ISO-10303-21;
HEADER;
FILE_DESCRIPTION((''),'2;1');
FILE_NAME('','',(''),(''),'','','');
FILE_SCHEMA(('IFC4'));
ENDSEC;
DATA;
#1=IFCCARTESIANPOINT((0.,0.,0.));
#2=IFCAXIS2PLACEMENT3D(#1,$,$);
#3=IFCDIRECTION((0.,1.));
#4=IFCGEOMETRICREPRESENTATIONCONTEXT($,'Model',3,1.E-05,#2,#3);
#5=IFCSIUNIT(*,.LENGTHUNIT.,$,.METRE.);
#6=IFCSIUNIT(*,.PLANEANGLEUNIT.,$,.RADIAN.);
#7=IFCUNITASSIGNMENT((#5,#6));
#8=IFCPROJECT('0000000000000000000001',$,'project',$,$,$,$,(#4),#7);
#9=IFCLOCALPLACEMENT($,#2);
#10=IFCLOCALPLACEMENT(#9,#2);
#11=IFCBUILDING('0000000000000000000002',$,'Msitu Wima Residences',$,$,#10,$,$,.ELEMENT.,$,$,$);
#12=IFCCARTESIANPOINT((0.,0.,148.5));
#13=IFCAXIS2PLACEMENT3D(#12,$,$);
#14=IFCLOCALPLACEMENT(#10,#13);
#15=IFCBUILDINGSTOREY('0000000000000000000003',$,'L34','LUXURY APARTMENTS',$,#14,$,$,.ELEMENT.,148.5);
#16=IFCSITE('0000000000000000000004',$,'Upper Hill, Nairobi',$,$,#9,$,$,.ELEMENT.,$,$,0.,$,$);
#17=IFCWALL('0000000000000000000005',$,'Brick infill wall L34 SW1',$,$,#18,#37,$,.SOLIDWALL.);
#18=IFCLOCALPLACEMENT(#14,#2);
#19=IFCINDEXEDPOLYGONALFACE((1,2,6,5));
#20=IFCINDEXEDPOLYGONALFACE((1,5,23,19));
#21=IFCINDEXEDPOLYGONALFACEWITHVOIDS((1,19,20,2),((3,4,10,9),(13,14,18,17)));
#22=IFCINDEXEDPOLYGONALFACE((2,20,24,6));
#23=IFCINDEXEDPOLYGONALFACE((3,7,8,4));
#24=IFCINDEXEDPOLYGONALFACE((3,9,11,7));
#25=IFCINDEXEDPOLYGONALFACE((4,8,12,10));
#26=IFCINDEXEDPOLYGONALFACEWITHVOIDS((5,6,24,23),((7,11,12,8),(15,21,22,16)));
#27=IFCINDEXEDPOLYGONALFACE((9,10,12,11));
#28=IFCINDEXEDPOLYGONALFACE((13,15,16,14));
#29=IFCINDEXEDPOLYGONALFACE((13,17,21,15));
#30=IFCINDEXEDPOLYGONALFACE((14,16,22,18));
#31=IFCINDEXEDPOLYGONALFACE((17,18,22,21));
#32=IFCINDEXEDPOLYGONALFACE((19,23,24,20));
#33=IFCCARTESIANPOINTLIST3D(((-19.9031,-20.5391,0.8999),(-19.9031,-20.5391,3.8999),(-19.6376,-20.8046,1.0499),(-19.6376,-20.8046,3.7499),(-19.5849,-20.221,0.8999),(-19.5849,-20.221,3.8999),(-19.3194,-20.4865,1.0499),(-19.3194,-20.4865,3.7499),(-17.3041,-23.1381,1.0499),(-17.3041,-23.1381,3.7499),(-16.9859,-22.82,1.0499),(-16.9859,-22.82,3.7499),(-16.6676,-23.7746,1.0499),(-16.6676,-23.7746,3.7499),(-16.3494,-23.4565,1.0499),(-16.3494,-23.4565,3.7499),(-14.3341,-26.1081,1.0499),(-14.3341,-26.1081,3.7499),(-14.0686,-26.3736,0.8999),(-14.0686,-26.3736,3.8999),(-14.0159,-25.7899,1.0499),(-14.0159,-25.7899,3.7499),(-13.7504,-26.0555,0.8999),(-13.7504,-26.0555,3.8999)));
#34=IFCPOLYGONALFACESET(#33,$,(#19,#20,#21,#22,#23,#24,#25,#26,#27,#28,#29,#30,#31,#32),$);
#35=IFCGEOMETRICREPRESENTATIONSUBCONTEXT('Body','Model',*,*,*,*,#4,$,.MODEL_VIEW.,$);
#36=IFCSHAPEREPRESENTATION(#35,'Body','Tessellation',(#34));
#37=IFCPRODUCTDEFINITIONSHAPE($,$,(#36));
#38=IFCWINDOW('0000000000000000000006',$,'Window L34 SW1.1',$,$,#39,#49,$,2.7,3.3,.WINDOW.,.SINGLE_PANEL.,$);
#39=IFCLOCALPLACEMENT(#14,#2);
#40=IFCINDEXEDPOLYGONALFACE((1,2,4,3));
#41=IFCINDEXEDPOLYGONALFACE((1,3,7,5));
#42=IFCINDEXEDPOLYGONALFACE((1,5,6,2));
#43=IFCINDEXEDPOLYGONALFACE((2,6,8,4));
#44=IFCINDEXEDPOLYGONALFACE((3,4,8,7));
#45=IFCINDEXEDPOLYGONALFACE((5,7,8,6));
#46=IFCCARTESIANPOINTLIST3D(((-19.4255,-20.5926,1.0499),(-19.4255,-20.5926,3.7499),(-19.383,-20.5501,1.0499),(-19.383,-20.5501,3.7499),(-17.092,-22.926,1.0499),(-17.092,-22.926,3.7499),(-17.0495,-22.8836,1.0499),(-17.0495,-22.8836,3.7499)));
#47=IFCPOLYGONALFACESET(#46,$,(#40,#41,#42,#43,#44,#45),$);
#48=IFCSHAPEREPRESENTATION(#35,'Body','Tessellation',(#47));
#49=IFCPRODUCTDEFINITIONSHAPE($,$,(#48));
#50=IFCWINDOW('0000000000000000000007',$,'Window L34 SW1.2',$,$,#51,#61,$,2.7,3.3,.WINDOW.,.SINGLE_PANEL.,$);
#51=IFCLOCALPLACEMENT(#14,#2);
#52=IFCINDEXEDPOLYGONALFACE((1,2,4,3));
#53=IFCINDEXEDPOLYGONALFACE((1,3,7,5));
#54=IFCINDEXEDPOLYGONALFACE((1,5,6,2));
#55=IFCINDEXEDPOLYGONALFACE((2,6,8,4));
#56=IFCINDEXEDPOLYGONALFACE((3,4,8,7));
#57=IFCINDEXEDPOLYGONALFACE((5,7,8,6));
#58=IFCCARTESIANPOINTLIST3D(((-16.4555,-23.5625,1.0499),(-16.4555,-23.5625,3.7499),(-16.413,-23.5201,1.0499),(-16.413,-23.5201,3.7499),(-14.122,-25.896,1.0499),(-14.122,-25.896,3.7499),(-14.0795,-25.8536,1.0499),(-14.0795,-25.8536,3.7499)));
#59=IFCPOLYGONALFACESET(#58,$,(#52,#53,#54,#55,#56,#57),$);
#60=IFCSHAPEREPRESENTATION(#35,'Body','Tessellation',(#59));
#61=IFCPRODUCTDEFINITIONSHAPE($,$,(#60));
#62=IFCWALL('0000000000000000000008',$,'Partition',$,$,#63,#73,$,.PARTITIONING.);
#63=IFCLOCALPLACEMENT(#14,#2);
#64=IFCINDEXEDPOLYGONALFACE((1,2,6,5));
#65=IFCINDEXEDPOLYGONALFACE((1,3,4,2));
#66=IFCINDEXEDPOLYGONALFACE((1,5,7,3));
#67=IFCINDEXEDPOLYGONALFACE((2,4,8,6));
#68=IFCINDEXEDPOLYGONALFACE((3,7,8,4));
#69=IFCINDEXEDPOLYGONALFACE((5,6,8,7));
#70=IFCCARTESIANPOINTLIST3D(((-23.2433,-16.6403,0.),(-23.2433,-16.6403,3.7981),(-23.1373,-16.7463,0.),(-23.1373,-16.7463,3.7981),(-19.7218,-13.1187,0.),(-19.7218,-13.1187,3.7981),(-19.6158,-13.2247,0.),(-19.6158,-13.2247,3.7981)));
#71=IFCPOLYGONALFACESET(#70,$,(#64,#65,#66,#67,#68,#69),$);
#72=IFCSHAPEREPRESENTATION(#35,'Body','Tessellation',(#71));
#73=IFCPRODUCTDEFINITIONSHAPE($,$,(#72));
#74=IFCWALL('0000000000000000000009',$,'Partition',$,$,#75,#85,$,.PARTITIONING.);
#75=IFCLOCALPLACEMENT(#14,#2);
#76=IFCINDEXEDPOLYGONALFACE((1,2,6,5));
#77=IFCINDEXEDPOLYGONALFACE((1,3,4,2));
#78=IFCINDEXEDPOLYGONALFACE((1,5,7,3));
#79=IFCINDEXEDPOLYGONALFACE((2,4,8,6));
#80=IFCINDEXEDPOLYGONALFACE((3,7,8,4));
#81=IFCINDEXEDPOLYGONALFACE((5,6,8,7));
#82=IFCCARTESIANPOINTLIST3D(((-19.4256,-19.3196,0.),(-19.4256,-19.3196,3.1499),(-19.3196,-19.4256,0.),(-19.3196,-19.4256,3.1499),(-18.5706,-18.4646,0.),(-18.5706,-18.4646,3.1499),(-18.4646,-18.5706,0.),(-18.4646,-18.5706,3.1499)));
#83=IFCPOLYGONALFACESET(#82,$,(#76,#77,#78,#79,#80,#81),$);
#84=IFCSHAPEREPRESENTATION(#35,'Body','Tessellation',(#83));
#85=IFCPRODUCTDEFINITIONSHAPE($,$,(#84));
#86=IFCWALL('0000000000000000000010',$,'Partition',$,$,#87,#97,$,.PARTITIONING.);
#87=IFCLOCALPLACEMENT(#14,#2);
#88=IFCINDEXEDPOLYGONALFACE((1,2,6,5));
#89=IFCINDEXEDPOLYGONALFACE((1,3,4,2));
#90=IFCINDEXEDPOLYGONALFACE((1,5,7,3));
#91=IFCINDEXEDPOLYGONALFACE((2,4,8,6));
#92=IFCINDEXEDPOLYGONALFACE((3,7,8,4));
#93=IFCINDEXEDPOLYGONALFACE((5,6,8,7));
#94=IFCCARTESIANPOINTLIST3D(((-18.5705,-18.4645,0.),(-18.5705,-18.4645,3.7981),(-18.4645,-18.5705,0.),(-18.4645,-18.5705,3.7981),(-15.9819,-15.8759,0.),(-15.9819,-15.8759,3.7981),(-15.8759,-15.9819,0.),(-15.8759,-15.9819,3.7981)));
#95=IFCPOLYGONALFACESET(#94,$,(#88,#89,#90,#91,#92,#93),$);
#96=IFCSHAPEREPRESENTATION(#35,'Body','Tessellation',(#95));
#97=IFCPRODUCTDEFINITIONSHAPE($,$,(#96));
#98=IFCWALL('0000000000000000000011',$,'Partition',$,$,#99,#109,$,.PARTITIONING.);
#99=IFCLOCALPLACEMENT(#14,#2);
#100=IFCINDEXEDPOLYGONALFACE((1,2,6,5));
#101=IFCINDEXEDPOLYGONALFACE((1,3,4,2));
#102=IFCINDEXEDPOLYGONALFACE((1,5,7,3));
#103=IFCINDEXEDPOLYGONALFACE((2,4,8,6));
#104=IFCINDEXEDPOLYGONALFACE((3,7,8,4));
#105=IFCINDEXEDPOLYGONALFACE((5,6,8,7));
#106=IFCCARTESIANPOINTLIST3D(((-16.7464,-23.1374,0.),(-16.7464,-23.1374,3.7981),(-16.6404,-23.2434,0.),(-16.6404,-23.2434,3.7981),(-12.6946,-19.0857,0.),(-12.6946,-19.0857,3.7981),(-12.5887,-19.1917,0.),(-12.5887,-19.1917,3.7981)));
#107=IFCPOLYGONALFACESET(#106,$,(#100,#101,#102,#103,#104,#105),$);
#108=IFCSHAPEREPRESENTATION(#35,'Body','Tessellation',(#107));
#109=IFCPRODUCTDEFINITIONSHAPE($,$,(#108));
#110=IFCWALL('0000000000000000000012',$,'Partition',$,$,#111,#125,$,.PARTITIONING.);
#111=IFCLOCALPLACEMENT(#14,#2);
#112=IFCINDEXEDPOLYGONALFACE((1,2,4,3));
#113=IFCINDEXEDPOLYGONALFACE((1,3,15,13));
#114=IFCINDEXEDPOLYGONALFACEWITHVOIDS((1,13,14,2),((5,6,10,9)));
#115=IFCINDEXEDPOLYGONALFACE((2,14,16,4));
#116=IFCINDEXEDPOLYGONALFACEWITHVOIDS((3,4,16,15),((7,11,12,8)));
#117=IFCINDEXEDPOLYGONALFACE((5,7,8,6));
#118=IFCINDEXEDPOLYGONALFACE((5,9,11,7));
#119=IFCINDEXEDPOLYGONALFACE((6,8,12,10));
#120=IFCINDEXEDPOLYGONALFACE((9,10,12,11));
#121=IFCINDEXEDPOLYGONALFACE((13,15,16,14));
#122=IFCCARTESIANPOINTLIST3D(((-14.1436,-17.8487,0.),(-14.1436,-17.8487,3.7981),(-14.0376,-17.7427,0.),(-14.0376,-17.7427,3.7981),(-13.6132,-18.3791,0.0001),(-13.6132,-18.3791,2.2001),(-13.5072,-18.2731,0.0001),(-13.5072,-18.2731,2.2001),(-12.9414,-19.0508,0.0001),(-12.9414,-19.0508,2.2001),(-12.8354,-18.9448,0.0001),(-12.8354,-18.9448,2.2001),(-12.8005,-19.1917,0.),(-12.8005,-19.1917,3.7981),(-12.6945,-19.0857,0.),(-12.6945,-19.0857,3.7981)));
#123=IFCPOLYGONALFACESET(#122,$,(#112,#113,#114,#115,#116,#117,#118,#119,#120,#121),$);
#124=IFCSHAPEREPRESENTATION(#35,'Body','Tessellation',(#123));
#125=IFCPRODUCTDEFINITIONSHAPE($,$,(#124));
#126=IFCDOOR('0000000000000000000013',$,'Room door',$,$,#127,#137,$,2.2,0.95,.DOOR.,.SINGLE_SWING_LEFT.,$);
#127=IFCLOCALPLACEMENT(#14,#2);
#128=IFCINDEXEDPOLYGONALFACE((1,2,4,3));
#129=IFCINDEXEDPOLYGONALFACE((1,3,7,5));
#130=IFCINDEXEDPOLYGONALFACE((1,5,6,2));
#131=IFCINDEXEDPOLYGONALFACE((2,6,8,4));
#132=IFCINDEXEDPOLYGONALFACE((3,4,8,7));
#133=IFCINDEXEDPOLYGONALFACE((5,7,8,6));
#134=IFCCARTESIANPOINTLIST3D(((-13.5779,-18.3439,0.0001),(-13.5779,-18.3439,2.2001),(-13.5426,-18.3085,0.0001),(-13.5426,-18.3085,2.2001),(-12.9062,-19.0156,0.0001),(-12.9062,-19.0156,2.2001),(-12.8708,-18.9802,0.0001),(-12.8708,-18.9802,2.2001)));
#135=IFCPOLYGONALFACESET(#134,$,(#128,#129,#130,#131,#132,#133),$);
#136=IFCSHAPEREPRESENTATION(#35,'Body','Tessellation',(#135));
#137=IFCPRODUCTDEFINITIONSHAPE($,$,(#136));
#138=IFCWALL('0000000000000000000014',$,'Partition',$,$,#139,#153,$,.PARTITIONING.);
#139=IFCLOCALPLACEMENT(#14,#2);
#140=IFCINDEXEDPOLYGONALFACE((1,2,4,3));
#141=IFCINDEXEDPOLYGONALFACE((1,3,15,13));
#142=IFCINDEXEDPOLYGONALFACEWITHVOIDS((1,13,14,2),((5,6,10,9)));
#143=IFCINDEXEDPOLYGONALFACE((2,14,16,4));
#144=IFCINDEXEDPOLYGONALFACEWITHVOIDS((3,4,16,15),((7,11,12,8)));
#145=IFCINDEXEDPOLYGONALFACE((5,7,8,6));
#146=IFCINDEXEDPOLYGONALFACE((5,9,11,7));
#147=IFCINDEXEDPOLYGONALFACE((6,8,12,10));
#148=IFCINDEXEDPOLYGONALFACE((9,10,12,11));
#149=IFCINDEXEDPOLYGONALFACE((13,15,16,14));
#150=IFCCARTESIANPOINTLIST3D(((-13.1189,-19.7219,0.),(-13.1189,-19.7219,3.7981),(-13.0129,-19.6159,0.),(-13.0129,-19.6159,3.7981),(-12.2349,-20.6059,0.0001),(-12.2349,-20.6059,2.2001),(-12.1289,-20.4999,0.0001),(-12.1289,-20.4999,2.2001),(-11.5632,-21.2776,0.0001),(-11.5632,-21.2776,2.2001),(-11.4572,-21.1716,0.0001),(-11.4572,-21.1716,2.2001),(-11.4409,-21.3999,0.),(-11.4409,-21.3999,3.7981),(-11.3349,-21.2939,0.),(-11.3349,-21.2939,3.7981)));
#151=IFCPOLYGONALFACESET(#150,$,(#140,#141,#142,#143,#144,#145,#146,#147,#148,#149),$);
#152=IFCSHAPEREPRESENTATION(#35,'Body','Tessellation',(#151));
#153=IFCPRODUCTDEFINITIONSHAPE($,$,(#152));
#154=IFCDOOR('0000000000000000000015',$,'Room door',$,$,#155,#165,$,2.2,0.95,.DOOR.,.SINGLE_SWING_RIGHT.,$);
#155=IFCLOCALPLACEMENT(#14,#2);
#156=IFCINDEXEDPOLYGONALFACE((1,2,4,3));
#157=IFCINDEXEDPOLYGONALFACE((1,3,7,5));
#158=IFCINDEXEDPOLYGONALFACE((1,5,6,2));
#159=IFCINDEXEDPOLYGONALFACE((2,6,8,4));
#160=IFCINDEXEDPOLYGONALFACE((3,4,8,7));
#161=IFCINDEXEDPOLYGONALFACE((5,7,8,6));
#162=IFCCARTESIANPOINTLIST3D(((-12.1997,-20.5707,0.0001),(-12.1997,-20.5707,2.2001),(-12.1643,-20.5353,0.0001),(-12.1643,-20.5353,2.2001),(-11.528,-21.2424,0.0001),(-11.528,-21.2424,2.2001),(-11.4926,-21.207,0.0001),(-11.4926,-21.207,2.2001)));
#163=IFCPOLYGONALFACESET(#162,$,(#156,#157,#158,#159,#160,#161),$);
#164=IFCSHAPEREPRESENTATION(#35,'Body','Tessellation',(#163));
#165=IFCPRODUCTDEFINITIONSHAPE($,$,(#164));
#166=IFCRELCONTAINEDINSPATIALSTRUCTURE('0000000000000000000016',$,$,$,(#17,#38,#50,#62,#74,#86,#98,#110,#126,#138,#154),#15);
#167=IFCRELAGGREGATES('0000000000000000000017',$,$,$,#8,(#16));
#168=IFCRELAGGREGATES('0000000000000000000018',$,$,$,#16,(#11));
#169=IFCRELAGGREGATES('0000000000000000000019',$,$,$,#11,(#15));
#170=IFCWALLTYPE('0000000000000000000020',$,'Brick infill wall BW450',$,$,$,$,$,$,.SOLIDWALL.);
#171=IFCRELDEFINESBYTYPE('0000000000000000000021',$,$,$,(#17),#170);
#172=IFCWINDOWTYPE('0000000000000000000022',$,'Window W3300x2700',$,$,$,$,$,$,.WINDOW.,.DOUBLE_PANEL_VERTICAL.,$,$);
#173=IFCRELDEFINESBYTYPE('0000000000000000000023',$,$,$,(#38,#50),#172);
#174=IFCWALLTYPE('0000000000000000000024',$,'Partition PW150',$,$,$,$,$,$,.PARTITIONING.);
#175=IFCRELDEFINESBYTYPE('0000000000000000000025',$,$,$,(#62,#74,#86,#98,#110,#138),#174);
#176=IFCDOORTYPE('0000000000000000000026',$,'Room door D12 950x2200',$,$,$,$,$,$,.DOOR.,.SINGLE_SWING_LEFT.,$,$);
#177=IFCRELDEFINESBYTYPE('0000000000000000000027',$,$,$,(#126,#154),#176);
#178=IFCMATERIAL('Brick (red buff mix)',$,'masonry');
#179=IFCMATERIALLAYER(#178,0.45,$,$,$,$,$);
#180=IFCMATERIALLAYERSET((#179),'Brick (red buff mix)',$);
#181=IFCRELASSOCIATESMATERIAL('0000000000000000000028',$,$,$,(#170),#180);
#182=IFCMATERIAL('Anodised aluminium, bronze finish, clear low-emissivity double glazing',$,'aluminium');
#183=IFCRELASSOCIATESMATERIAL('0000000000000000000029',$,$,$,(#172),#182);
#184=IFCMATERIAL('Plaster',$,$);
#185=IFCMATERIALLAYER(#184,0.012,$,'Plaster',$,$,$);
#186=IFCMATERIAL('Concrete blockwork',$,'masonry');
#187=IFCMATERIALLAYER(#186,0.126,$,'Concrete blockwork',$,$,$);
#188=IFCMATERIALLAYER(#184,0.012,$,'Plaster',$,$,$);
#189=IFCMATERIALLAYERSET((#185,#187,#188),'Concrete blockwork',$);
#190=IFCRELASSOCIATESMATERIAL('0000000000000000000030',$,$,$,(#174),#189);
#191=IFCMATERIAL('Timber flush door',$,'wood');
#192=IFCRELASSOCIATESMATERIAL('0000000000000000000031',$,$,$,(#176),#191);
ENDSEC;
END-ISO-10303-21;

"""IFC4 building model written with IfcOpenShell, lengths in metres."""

from ifc_helpers import new_model, si_unit, direction, frame, frame_2d, origin, place, context, subcontext, project, spatial, rectangle, extrude, material, layer, layer_set, type_object, element, fill, save


model = new_model("IFC4")

# Units and contexts
model_context = context("Model", 3, precision=1e-05, world=origin(), true_north=direction((0.0, 1.0)))
body_context = subcontext(model_context, "Body", "Model", "MODEL_VIEW")
ifc_project = project(units=[si_unit("LENGTHUNIT", "METRE"), si_unit("PLANEANGLEUNIT", "RADIAN")], contexts=[model_context])

# Site, building, storey
site_placement = place(None, origin())
site = spatial("IfcSite", under=ifc_project, at=site_placement, Name="Upper Hill, Nairobi", CompositionType="ELEMENT", RefElevation=0.0)
building_placement = place(site_placement, origin())
building = spatial("IfcBuilding", under=site, at=building_placement, Name="Msitu Wima Residences", CompositionType="ELEMENT")
storey_placement = place(building_placement, frame((0.0, 0.0, 148.5)))
storey = spatial("IfcBuildingStorey", under=building, at=storey_placement, Name="L34", Description="LUXURY APARTMENTS", CompositionType="ELEMENT", Elevation=148.5)

# Wall, openings, windows
ifc_material_1 = material(Name="Brick (red buff mix)", Category="masonry")
ifc_layer_1 = layer(ifc_material_1, 0.45)
ifc_layer_set_1 = layer_set([ifc_layer_1], Name="Brick (red buff mix)")
wall_type_1 = type_object("IfcWallType", Name="Brick infill wall BW450", PredefinedType="SOLIDWALL", material=ifc_layer_set_1)
wall_1_placement = place(storey_placement, frame((-19.7439, -20.3801, 0.8999), z_axis=(0.0, 0.0, 1.0), x_axis=(0.707107, -0.707107, 0.0)))
wall_1 = element("IfcWall", 1, at=wall_1_placement, inside=storey, type_object=wall_type_1, Name="Brick infill wall L34 SW1", PredefinedType="SOLIDWALL", context=body_context, shape_type="SweptSolid", body=[
    extrude(rectangle(XDim=8.2512, YDim=0.45, at=frame_2d((4.1255, 0.0))), origin(), (0.0, 0.0, 1.0), 3.0),
])
opening_1_placement = place(wall_1_placement, frame((0.3755, 0.0, 0.1499)))
opening_1 = element("IfcOpeningElement", 2, at=opening_1_placement, cuts=wall_1, PredefinedType="OPENING", context=body_context, shape_type="SweptSolid", body=[
    extrude(rectangle(XDim=3.3, YDim=2.7, at=frame_2d((1.6499, 1.3501))), frame((0.0, 0.2349, 0.0), z_axis=(0.0, -1.0, 0.0), x_axis=(1.0, 0.0, 0.0)), (0.0, 0.0, 1.0), 0.47),
])
opening_2_placement = place(wall_1_placement, frame((4.5757, 0.0, 0.1499)))
opening_2 = element("IfcOpeningElement", 3, at=opening_2_placement, cuts=wall_1, PredefinedType="OPENING", context=body_context, shape_type="SweptSolid", body=[
    extrude(rectangle(XDim=3.3, YDim=2.7, at=frame_2d((1.6499, 1.3501))), frame((0.0, 0.2349, 0.0), z_axis=(0.0, -1.0, 0.0), x_axis=(1.0, 0.0, 0.0)), (0.0, 0.0, 1.0), 0.47),
])
ifc_material_2 = material(Name="Anodised aluminium, bronze finish, clear low-emissivity double glazing", Category="aluminium")
window_type = type_object("IfcWindowType", Name="Window W3300x2700", PartitioningType="DOUBLE_PANEL_VERTICAL", PredefinedType="WINDOW", material=ifc_material_2)
window_1_placement = place(opening_1_placement, origin())
window_1 = element("IfcWindow", 4, at=window_1_placement, inside=storey, type_object=window_type, Name="Window L34 SW1.1", OverallHeight=2.7, OverallWidth=3.3, PartitioningType="SINGLE_PANEL", PredefinedType="WINDOW", context=body_context, shape_type="SweptSolid", body=[
    extrude(rectangle(XDim=3.3, YDim=2.7, at=frame_2d((1.6499, 1.3501))), frame((0.0, 0.135, 0.0), z_axis=(0.0, -1.0, 0.0), x_axis=(1.0, 0.0, 0.0)), (0.0, 0.0, 1.0), 0.0601),
])
fill(opening_1, window_1)
window_2_placement = place(opening_2_placement, origin())
window_2 = element("IfcWindow", 5, at=window_2_placement, inside=storey, type_object=window_type, Name="Window L34 SW1.2", OverallHeight=2.7, OverallWidth=3.3, PartitioningType="SINGLE_PANEL", PredefinedType="WINDOW", context=body_context, shape_type="SweptSolid", body=[
    extrude(rectangle(XDim=3.3, YDim=2.7, at=frame_2d((1.6499, 1.3501))), frame((0.0, 0.135, 0.0), z_axis=(0.0, -1.0, 0.0), x_axis=(1.0, 0.0, 0.0)), (0.0, 0.0, 1.0), 0.0601),
])
fill(opening_2, window_2)

# Walls
ifc_material_3 = material(Name="Plaster")
ifc_layer_2 = layer(ifc_material_3, 0.012, Name="Plaster")
ifc_material_4 = material(Name="Concrete blockwork", Category="masonry")
ifc_layer_3 = layer(ifc_material_4, 0.126, Name="Concrete blockwork")
ifc_layer_4 = layer(ifc_material_3, 0.012, Name="Plaster")
ifc_layer_set_2 = layer_set([ifc_layer_2, ifc_layer_3, ifc_layer_4], Name="Concrete blockwork")
wall_type_2 = type_object("IfcWallType", Name="Partition PW150", PredefinedType="PARTITIONING", material=ifc_layer_set_2)
wall_2_placement = place(storey_placement, frame((-23.1904, -16.6934, 0.0), z_axis=(0.0, 0.0, 1.0), x_axis=(0.707107, 0.707107, 0.0)))
element("IfcWall", 6, at=wall_2_placement, inside=storey, type_object=wall_type_2, Name="Partition", PredefinedType="PARTITIONING", context=body_context, shape_type="SweptSolid", body=[
    extrude(rectangle(XDim=4.9802, YDim=0.1499, at=frame_2d((2.4902, 0.0))), origin(), (0.0, 0.0, 1.0), 3.7981),
])
wall_3_placement = place(storey_placement, frame((-19.3726, -19.3726, 0.0), z_axis=(0.0, 0.0, 1.0), x_axis=(0.707107, 0.707107, 0.0)))
element("IfcWall", 7, at=wall_3_placement, inside=storey, type_object=wall_type_2, Name="Partition", PredefinedType="PARTITIONING", context=body_context, shape_type="SweptSolid", body=[
    extrude(rectangle(XDim=1.2092, YDim=0.1499, at=frame_2d((0.6045, 0.0))), origin(), (0.0, 0.0, 1.0), 3.1499),
])
wall_4_placement = place(storey_placement, frame((-18.5176, -18.5176, 0.0), z_axis=(0.0, 0.0, 1.0), x_axis=(0.707107, 0.707107, 0.0)))
element("IfcWall", 8, at=wall_4_placement, inside=storey, type_object=wall_type_2, Name="Partition", PredefinedType="PARTITIONING", context=body_context, shape_type="SweptSolid", body=[
    extrude(rectangle(XDim=3.6609, YDim=0.1499, at=frame_2d((1.8306, 0.0))), origin(), (0.0, 0.0, 1.0), 3.7981),
])
wall_5_placement = place(storey_placement, frame((-16.6934, -23.1904, 0.0), z_axis=(0.0, 0.0, 1.0), x_axis=(0.707107, 0.707107, 0.0)))
element("IfcWall", 9, at=wall_5_placement, inside=storey, type_object=wall_type_2, Name="Partition", PredefinedType="PARTITIONING", context=body_context, shape_type="SweptSolid", body=[
    extrude(rectangle(XDim=5.73, YDim=0.1499, at=frame_2d((2.865, 0.0))), origin(), (0.0, 0.0, 1.0), 3.7981),
])

# Walls, openings, doors
wall_6_placement = place(storey_placement, frame((-14.0906, -17.7957, 0.0), z_axis=(0.0, 0.0, 1.0), x_axis=(0.707107, -0.707107, 0.0)))
wall_6 = element("IfcWall", 10, at=wall_6_placement, inside=storey, type_object=wall_type_2, Name="Partition", PredefinedType="PARTITIONING", context=body_context, shape_type="SweptSolid", body=[
    extrude(rectangle(XDim=1.8994, YDim=0.1499, at=frame_2d((0.9497, 0.0))), origin(), (0.0, 0.0, 1.0), 3.7981),
])
opening_3_placement = place(wall_6_placement, frame((0.75, 0.0, 0.0)))
opening_3 = element("IfcOpeningElement", 11, at=opening_3_placement, cuts=wall_6, PredefinedType="OPENING", context=body_context, shape_type="SweptSolid", body=[
    extrude(rectangle(XDim=0.95, YDim=2.2, at=frame_2d((0.4751, 1.1001))), frame((0.0, 0.085, 0.0), z_axis=(0.0, -1.0, 0.0), x_axis=(1.0, 0.0, 0.0)), (0.0, 0.0, 1.0), 0.1699),
])
ifc_material_5 = material(Name="Timber flush door", Category="wood")
door_type_1 = type_object("IfcDoorType", Name="Room door D12 950x2200", OperationType="SINGLE_SWING_LEFT", PredefinedType="DOOR", material=ifc_material_5)
door_1_placement = place(opening_3_placement, origin())
door_1 = element("IfcDoor", 12, at=door_1_placement, inside=storey, type_object=door_type_1, Name="Room door", OperationType="SINGLE_SWING_LEFT", OverallHeight=2.2, OverallWidth=0.95, PredefinedType="DOOR", context=body_context, shape_type="SweptSolid", body=[
    extrude(rectangle(XDim=0.95, YDim=2.2, at=frame_2d((0.4751, 1.1001))), frame((0.0, 0.0249, 0.0), z_axis=(0.0, -1.0, 0.0), x_axis=(1.0, 0.0, 0.0)), (0.0, 0.0, 1.0), 0.05),
])
fill(opening_3, door_1)
wall_7_placement = place(storey_placement, frame((-13.0659, -19.6689, 0.0), z_axis=(0.0, 0.0, 1.0), x_axis=(0.707107, -0.707107, 0.0)))
wall_7 = element("IfcWall", 13, at=wall_7_placement, inside=storey, type_object=wall_type_2, Name="Partition", PredefinedType="PARTITIONING", context=body_context, shape_type="SweptSolid", body=[
    extrude(rectangle(XDim=2.373, YDim=0.1499, at=frame_2d((1.1865, 0.0))), origin(), (0.0, 0.0, 1.0), 3.7981),
])
opening_4_placement = place(wall_7_placement, frame((1.25, 0.0, 0.0)))
opening_4 = element("IfcOpeningElement", 14, at=opening_4_placement, cuts=wall_7, PredefinedType="OPENING", context=body_context, shape_type="SweptSolid", body=[
    extrude(rectangle(XDim=0.95, YDim=2.2, at=frame_2d((0.4751, 1.1001))), frame((0.0, 0.085, 0.0), z_axis=(0.0, -1.0, 0.0), x_axis=(1.0, 0.0, 0.0)), (0.0, 0.0, 1.0), 0.1699),
])
door_2_placement = place(opening_4_placement, origin())
door_2 = element("IfcDoor", 15, at=door_2_placement, inside=storey, type_object=door_type_1, Name="Room door", OperationType="SINGLE_SWING_RIGHT", OverallHeight=2.2, OverallWidth=0.95, PredefinedType="DOOR", context=body_context, shape_type="SweptSolid", body=[
    extrude(rectangle(XDim=0.95, YDim=2.2, at=frame_2d((0.4751, 1.1001))), frame((0.0, 0.0249, 0.0), z_axis=(0.0, -1.0, 0.0), x_axis=(1.0, 0.0, 0.0)), (0.0, 0.0, 1.0), 0.05),
])
fill(opening_4, door_2)

save(model, "model.ifc")
